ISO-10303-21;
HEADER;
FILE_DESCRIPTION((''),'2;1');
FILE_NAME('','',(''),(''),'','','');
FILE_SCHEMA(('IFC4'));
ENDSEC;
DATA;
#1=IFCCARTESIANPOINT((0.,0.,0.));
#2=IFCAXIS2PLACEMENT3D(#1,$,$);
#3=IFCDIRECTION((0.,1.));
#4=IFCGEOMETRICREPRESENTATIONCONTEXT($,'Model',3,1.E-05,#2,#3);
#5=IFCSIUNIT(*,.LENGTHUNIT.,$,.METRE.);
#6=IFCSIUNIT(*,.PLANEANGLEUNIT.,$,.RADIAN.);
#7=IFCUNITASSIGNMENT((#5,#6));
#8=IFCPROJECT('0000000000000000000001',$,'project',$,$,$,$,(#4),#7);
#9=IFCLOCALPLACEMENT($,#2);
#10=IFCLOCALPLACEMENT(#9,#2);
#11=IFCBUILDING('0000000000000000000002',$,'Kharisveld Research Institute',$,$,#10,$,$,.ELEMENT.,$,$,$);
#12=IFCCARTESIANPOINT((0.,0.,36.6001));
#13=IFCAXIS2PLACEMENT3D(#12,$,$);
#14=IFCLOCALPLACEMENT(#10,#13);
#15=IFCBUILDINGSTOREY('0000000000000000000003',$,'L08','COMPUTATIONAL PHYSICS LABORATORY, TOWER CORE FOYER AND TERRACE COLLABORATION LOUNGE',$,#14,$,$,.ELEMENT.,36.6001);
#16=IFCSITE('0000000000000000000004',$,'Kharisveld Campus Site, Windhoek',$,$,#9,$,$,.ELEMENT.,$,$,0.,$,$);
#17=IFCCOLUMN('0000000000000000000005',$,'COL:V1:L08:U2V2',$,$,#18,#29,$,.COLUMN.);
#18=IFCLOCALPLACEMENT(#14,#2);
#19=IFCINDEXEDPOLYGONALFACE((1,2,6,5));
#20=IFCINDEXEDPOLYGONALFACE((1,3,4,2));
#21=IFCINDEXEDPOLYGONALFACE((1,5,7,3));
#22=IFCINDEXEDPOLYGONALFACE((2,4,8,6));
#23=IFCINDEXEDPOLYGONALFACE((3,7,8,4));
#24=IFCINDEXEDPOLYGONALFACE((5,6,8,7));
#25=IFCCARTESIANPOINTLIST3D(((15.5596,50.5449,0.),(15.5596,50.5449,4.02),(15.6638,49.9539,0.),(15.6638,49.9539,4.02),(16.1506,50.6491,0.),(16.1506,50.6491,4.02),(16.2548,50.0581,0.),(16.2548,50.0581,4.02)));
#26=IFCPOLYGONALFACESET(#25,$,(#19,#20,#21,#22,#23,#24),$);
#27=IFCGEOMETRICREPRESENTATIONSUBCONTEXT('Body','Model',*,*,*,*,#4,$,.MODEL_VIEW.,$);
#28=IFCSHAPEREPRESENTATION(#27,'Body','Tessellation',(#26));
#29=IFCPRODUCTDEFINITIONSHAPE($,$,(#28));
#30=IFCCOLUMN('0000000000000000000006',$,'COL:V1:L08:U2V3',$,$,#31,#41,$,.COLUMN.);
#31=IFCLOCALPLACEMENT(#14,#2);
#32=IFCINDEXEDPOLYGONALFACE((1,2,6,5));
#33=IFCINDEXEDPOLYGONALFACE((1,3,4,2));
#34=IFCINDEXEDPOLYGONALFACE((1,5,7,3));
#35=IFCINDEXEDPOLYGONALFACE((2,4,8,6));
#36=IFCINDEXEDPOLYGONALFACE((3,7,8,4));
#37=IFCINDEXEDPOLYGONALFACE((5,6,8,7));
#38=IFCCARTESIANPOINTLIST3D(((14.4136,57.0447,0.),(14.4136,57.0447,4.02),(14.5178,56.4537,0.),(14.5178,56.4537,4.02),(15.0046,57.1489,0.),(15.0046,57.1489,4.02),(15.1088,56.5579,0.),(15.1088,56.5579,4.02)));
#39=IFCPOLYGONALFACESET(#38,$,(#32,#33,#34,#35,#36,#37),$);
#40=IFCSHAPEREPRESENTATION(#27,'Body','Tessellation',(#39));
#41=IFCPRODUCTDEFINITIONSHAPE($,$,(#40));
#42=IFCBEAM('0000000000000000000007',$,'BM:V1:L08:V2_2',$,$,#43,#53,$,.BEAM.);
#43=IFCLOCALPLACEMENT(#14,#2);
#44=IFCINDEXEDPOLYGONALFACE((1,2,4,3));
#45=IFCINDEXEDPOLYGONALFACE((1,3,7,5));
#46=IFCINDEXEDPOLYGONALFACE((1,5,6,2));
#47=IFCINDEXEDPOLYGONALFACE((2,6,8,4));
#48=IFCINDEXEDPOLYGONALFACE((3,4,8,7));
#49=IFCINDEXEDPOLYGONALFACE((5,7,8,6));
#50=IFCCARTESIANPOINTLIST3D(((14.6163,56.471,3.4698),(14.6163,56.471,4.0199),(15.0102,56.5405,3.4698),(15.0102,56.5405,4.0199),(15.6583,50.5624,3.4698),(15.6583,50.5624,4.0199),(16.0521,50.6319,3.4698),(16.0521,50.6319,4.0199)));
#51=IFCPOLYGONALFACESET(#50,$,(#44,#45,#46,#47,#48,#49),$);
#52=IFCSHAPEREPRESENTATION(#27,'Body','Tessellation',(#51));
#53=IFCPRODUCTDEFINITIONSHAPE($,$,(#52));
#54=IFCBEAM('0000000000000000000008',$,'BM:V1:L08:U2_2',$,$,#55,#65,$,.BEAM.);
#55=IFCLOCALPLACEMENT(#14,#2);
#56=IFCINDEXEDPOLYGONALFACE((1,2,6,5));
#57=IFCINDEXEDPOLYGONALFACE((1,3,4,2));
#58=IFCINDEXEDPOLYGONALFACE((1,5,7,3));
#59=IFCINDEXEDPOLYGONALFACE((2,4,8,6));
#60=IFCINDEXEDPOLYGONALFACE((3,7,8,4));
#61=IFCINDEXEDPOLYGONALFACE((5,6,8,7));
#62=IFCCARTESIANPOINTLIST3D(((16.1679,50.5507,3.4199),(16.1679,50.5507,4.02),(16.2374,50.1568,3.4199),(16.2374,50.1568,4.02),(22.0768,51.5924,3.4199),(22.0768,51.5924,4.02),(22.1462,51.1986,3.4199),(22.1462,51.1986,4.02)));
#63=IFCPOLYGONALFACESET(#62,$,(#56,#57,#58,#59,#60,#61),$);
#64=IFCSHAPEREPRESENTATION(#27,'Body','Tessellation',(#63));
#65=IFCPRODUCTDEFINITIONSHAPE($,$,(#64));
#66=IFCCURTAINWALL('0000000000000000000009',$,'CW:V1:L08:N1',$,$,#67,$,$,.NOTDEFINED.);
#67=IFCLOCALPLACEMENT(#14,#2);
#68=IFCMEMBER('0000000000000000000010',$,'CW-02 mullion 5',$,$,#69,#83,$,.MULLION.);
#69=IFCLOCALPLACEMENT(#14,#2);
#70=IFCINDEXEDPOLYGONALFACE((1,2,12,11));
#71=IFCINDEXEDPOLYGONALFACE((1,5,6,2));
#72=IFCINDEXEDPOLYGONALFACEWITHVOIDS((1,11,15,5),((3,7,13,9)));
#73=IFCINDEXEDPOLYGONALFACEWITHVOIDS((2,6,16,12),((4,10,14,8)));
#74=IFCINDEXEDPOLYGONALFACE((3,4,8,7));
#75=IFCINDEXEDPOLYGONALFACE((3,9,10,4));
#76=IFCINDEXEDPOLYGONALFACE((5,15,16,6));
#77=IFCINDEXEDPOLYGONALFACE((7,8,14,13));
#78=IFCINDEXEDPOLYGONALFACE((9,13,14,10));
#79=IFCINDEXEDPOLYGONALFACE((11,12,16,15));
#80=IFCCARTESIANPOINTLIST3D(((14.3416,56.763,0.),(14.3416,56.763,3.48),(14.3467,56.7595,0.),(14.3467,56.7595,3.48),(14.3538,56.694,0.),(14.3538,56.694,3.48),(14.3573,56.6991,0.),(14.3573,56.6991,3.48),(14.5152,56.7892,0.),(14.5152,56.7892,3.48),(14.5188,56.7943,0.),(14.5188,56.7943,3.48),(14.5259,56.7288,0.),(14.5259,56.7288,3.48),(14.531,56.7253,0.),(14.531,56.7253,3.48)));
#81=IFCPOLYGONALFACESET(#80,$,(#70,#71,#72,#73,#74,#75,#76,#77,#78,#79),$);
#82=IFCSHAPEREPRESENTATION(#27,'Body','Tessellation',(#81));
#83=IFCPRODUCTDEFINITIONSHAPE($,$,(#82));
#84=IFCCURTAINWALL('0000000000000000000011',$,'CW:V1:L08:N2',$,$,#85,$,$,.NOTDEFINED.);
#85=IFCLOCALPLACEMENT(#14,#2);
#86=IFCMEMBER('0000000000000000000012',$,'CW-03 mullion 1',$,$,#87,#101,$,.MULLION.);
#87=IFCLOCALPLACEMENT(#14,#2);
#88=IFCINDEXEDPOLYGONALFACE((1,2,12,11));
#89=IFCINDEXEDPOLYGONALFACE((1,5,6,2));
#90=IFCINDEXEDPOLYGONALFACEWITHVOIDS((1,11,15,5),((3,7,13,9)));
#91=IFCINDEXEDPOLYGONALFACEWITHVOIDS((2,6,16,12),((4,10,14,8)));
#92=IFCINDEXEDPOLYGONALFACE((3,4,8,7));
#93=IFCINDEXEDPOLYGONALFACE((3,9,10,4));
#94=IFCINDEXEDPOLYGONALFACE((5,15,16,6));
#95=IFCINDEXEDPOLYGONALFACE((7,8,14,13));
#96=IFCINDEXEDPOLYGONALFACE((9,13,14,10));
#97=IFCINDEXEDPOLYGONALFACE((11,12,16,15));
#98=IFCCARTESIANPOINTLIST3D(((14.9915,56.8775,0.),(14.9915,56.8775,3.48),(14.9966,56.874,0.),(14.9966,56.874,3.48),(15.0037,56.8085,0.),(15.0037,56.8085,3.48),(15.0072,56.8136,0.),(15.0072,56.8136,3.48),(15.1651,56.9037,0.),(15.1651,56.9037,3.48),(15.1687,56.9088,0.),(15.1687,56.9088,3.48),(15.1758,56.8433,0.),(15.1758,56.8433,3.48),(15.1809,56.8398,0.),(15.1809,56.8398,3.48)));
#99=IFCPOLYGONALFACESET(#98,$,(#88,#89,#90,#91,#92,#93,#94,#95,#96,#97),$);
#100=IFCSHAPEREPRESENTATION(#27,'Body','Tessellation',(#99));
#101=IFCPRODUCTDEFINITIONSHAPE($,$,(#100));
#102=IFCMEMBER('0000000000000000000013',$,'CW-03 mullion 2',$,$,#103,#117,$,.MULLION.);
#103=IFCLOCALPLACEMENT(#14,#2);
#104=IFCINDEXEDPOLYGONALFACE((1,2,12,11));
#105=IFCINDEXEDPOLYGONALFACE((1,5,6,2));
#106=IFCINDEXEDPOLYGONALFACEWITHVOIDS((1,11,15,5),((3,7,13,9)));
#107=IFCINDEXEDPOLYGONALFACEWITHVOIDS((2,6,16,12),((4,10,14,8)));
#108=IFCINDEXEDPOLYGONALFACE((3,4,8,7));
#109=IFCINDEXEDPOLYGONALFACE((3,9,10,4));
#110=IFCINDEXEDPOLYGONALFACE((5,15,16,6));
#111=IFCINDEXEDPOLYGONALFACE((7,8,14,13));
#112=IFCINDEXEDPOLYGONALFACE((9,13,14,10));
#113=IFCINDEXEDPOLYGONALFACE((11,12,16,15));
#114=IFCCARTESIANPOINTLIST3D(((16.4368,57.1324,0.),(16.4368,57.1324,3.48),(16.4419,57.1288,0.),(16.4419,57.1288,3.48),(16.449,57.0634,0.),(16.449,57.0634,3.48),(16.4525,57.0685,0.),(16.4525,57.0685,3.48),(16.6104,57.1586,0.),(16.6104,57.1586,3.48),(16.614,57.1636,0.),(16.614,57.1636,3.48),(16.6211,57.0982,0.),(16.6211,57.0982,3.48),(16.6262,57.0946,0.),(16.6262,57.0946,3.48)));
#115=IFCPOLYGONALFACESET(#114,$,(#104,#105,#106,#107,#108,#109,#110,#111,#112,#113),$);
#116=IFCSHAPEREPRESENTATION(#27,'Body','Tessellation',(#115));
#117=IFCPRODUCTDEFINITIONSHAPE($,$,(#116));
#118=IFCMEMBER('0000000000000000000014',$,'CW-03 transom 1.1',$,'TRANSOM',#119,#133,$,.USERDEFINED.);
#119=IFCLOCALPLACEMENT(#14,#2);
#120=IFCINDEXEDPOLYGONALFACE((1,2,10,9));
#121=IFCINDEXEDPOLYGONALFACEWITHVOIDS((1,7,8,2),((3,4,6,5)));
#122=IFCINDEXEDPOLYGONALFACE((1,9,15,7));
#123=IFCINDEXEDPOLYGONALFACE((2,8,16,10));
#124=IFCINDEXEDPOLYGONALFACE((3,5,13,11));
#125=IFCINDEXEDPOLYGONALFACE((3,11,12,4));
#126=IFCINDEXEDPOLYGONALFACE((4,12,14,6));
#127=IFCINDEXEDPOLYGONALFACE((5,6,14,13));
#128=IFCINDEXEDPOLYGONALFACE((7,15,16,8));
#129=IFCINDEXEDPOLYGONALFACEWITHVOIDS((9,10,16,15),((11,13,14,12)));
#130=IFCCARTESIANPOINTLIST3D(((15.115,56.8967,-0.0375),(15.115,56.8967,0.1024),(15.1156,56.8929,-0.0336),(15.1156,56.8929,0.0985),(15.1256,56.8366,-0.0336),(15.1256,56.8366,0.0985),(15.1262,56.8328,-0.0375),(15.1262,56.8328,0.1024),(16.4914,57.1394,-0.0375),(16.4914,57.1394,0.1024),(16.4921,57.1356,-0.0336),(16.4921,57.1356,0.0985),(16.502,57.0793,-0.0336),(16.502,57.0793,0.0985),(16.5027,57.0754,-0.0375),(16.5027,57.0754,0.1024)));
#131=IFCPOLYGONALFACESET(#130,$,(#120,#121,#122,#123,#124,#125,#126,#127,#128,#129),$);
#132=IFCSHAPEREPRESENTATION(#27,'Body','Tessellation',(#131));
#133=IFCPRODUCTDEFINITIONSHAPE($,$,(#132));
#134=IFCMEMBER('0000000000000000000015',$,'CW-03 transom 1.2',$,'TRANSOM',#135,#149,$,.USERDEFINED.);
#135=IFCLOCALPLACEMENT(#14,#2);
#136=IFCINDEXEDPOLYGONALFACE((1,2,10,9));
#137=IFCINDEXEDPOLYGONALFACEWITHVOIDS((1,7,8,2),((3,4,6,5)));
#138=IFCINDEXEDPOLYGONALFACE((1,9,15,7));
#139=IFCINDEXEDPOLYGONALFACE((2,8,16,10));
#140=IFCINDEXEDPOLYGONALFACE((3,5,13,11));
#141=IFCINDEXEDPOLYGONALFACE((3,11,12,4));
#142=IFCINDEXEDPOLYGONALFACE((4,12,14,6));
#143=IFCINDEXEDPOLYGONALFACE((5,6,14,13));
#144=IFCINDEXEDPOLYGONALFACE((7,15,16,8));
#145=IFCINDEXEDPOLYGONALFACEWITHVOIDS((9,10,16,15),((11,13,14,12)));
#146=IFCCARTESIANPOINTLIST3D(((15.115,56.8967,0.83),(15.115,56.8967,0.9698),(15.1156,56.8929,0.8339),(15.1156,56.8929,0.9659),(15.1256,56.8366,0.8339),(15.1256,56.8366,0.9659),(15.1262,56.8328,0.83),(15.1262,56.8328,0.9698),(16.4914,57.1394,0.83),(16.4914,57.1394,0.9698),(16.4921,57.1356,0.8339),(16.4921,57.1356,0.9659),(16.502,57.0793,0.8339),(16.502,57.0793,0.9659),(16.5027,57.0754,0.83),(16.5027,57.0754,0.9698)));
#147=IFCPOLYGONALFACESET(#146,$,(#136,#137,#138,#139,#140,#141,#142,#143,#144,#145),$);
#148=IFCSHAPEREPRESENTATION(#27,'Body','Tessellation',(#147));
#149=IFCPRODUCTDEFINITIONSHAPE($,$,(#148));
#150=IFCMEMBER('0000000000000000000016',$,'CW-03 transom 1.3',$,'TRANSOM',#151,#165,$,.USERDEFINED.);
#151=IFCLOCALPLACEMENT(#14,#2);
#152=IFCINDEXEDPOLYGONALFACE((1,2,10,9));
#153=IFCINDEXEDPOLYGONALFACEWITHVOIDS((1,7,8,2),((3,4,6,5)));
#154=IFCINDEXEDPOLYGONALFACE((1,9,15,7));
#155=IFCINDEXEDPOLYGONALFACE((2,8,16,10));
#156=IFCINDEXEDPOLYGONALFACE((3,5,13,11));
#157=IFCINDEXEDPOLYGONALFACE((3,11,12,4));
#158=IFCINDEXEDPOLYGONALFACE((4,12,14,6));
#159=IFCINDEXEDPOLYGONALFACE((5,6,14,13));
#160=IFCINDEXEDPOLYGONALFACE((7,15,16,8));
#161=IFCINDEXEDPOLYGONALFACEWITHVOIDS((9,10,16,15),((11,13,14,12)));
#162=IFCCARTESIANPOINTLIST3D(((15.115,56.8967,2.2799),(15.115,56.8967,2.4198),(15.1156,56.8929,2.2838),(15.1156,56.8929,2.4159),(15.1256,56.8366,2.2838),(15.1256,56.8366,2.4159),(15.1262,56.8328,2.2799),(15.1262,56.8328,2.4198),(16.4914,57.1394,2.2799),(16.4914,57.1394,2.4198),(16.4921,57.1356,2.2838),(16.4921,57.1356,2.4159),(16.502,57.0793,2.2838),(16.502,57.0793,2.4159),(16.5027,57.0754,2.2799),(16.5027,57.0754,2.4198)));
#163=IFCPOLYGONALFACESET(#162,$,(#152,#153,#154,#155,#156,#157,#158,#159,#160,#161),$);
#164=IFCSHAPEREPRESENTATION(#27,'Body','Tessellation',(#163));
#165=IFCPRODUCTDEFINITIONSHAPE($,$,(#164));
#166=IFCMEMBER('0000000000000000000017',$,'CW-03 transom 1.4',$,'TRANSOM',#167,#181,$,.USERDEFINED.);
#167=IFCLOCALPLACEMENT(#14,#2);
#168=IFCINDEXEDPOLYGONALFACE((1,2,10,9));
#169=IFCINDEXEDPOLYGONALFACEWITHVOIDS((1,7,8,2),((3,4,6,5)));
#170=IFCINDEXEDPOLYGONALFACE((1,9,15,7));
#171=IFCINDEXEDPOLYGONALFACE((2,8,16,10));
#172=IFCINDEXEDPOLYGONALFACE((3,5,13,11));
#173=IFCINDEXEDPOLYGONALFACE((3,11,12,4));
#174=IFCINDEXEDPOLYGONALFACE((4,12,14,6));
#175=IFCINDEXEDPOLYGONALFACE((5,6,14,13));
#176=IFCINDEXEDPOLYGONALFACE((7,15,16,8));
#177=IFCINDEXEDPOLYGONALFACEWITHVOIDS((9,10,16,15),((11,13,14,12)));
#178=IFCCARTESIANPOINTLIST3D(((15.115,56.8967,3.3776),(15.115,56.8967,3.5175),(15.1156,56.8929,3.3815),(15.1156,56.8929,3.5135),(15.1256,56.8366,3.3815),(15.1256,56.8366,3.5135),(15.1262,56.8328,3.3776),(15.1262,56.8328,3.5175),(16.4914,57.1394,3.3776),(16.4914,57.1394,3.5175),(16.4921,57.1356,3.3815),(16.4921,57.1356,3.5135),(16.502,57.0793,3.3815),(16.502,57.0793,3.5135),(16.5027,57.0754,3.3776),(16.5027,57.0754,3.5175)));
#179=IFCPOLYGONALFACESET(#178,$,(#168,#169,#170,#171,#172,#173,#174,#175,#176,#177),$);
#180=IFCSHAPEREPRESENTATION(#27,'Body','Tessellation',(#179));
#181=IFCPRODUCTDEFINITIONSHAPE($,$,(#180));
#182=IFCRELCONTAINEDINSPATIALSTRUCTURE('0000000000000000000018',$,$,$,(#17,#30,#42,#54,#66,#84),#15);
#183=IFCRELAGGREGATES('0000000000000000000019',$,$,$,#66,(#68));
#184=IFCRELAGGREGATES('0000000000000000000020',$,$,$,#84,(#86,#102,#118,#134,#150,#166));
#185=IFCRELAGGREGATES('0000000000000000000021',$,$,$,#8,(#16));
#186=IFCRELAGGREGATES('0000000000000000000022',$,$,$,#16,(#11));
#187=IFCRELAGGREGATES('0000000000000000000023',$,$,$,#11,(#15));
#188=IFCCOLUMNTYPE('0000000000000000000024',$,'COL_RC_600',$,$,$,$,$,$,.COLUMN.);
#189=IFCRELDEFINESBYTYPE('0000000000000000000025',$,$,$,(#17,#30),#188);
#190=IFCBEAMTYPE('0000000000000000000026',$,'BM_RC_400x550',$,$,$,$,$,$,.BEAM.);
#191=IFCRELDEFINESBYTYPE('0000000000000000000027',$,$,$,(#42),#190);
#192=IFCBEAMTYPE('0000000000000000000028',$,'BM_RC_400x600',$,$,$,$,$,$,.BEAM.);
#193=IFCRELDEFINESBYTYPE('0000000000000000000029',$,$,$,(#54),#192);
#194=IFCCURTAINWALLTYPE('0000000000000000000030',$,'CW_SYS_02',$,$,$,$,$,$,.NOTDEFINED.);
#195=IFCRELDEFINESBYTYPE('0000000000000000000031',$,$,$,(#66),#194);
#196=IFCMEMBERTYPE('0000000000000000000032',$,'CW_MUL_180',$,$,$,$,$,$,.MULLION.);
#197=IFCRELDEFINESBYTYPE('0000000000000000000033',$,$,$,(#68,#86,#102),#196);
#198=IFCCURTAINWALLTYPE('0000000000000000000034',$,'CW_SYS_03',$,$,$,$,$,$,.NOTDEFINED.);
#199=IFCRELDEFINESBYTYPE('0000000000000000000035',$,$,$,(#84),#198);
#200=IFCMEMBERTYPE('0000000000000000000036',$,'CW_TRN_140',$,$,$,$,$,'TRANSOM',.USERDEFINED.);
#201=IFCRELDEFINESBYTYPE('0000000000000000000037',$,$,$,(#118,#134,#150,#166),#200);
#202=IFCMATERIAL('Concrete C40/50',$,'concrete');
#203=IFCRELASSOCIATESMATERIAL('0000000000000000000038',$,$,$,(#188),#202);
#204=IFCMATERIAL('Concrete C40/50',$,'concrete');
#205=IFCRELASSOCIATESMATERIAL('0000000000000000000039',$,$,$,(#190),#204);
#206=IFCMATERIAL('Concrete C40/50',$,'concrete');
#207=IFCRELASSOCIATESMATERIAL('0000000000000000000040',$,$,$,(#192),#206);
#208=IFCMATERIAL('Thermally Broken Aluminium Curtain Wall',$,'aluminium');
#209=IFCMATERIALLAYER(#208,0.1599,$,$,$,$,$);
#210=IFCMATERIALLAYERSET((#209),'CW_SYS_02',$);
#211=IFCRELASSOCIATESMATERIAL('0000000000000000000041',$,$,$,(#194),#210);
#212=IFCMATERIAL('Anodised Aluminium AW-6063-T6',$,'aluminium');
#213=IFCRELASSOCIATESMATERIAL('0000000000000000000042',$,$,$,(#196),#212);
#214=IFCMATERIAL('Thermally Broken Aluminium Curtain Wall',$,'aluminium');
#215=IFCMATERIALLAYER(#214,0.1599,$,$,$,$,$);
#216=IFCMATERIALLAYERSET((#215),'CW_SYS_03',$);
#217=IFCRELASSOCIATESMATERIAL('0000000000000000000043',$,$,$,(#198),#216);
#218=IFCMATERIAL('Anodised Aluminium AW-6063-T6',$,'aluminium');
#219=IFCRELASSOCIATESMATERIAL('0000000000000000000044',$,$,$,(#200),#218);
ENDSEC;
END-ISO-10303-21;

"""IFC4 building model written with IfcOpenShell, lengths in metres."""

from ifc_helpers import new_model, si_unit, direction, frame, origin, origin_2d, place, context, subcontext, project, spatial, rectangle, hollow_rectangle, extrude, material, layer, layer_set, material_profile, profile_set, type_object, element, aggregate, save


model = new_model("IFC4")

# Units and contexts
model_context = context("Model", 3, precision=1e-05, world=origin(), true_north=direction((0.0, 1.0)))
body_context = subcontext(model_context, "Body", "Model", "MODEL_VIEW")
ifc_project = project(units=[si_unit("LENGTHUNIT", "METRE"), si_unit("PLANEANGLEUNIT", "RADIAN")], contexts=[model_context])

# Site, building, storey
site_placement = place(None, origin())
site = spatial("IfcSite", under=ifc_project, at=site_placement, Name="Kharisveld Campus Site, Windhoek", CompositionType="ELEMENT", RefElevation=0.0)
building_placement = place(site_placement, origin())
building = spatial("IfcBuilding", under=site, at=building_placement, Name="Kharisveld Research Institute", CompositionType="ELEMENT")
storey_placement = place(building_placement, frame((0.0, 0.0, 36.6001)))
storey = spatial("IfcBuildingStorey", under=building, at=storey_placement, Name="L08", Description="COMPUTATIONAL PHYSICS LABORATORY, TOWER CORE FOYER AND TERRACE COLLABORATION LOUNGE", CompositionType="ELEMENT", Elevation=36.6001)

# Columns
ifc_material_1 = material(Name="Concrete C40/50", Category="concrete")
ifc_material_profile_1 = material_profile(ifc_material_1, rectangle(XDim=0.6001, YDim=0.6001, at=origin_2d()))
ifc_profile_set_1 = profile_set([ifc_material_profile_1], Name="Concrete C40/50")
column_type = type_object("IfcColumnType", Name="COL_RC_600", PredefinedType="COLUMN", material=ifc_profile_set_1)
for number, where, z_axis, x_axis, name in (
    (1, (15.9072, 50.3015, 0.0), (0.0, 0.0, 1.0), (0.984808, 0.173648, 0.0), "COL:V1:L08:U2V2"),
    (2, (14.7612, 56.8013, 0.0), (0.0, 0.0, 1.0), (0.984808, 0.173648, 0.0), "COL:V1:L08:U2V3"),
):
    element("IfcColumn", number, at=place(storey_placement, frame(where, z_axis=z_axis, x_axis=x_axis)), inside=storey, type_object=column_type, Name=name, PredefinedType="COLUMN", context=body_context, shape_type="SweptSolid", body=[
        extrude(rectangle(XDim=0.6001, YDim=0.6001, at=origin_2d()), origin(), (0.0, 0.0, 1.0), 4.02),
    ])

# Beams
ifc_material_2 = material(Name="Concrete C40/50", Category="concrete")
ifc_material_profile_2 = material_profile(ifc_material_2, rectangle(XDim=0.3999, YDim=0.55, at=origin_2d()))
ifc_profile_set_2 = profile_set([ifc_material_profile_2], Name="Concrete C40/50")
beam_type_1 = type_object("IfcBeamType", Name="BM_RC_400x550", PredefinedType="BEAM", material=ifc_profile_set_2)
beam_1_placement = place(storey_placement, frame((15.8552, 50.5972, 3.7449), z_axis=(-0.173669, 0.984804, 0.0), x_axis=(-0.984804, -0.173669, 0.0)))
element("IfcBeam", 3, at=beam_1_placement, inside=storey, type_object=beam_type_1, Name="BM:V1:L08:V2_2", PredefinedType="BEAM", context=body_context, shape_type="SweptSolid", body=[
    extrude(rectangle(XDim=0.3999, YDim=0.55, at=origin_2d()), origin(), (0.0, 0.0, 1.0), 5.9998),
])
ifc_material_3 = material(Name="Concrete C40/50", Category="concrete")
ifc_material_profile_3 = material_profile(ifc_material_3, rectangle(XDim=0.3999, YDim=0.6001, at=origin_2d()))
ifc_profile_set_3 = profile_set([ifc_material_profile_3], Name="Concrete C40/50")
beam_type_2 = type_object("IfcBeamType", Name="BM_RC_400x600", PredefinedType="BEAM", material=ifc_profile_set_3)
beam_2_placement = place(storey_placement, frame((16.2026, 50.3538, 3.72), z_axis=(0.984812, 0.173623, 0.0), x_axis=(-0.173623, 0.984812, 0.0)))
element("IfcBeam", 4, at=beam_2_placement, inside=storey, type_object=beam_type_2, Name="BM:V1:L08:U2_2", PredefinedType="BEAM", context=body_context, shape_type="SweptSolid", body=[
    extrude(rectangle(XDim=0.3999, YDim=0.6001, at=origin_2d()), origin(), (0.0, 0.0, 1.0), 6.0),
])

# Curtain wall, member
ifc_material_4 = material(Name="Thermally Broken Aluminium Curtain Wall", Category="aluminium")
ifc_layer_1 = layer(ifc_material_4, 0.1599)
ifc_layer_set_1 = layer_set([ifc_layer_1], Name="CW_SYS_02")
curtain_wall_type_1 = type_object("IfcCurtainWallType", Name="CW_SYS_02", PredefinedType="NOTDEFINED", material=ifc_layer_set_1)
curtain_wall_1_placement = place(storey_placement, origin())
curtain_wall_1 = element("IfcCurtainWall", 5, at=curtain_wall_1_placement, inside=storey, type_object=curtain_wall_type_1, Name="CW:V1:L08:N1", PredefinedType="NOTDEFINED")
ifc_material_5 = material(Name="Anodised Aluminium AW-6063-T6", Category="aluminium")
ifc_material_profile_4 = material_profile(ifc_material_5, hollow_rectangle(XDim=0.0701, YDim=0.1799, WallThickness=0.0044, at=origin_2d()))
ifc_profile_set_4 = profile_set([ifc_material_profile_4], Name="Anodised Aluminium AW-6063-T6")
member_type_1 = type_object("IfcMemberType", Name="CW_MUL_180", PredefinedType="MULLION", material=ifc_profile_set_4)
member_1_placement = place(storey_placement, frame((14.4363, 56.7441, 0.0), z_axis=(0.0, 0.0, 1.0), x_axis=(-0.173648, 0.984808, 0.0)))
member_1 = element("IfcMember", 6, at=member_1_placement, type_object=member_type_1, Name="CW-02 mullion 5", PredefinedType="MULLION", context=body_context, shape_type="SweptSolid", body=[
    extrude(hollow_rectangle(XDim=0.0701, YDim=0.1799, WallThickness=0.0044, at=origin_2d()), origin(), (0.0, 0.0, 1.0), 3.48),
])

# Curtain wall, members
ifc_material_6 = material(Name="Thermally Broken Aluminium Curtain Wall", Category="aluminium")
ifc_layer_2 = layer(ifc_material_6, 0.1599)
ifc_layer_set_2 = layer_set([ifc_layer_2], Name="CW_SYS_03")
curtain_wall_type_2 = type_object("IfcCurtainWallType", Name="CW_SYS_03", PredefinedType="NOTDEFINED", material=ifc_layer_set_2)
curtain_wall_2_placement = place(storey_placement, origin())
curtain_wall_2 = element("IfcCurtainWall", 7, at=curtain_wall_2_placement, inside=storey, type_object=curtain_wall_type_2, Name="CW:V1:L08:N2", PredefinedType="NOTDEFINED")
member_2_placement = place(storey_placement, frame((15.0862, 56.8586, 0.0), z_axis=(0.0, 0.0, 1.0), x_axis=(-0.173648, 0.984808, 0.0)))
member_2 = element("IfcMember", 8, at=member_2_placement, type_object=member_type_1, Name="CW-03 mullion 1", PredefinedType="MULLION", context=body_context, shape_type="SweptSolid", body=[
    extrude(hollow_rectangle(XDim=0.0701, YDim=0.1799, WallThickness=0.0044, at=origin_2d()), origin(), (0.0, 0.0, 1.0), 3.48),
])
member_3_placement = place(storey_placement, frame((16.5315, 57.1135, 0.0), z_axis=(0.0, 0.0, 1.0), x_axis=(-0.173648, 0.984808, 0.0)))
member_3 = element("IfcMember", 9, at=member_3_placement, type_object=member_type_1, Name="CW-03 mullion 2", PredefinedType="MULLION", context=body_context, shape_type="SweptSolid", body=[
    extrude(hollow_rectangle(XDim=0.0701, YDim=0.1799, WallThickness=0.0044, at=origin_2d()), origin(), (0.0, 0.0, 1.0), 3.48),
])
ifc_material_7 = material(Name="Anodised Aluminium AW-6063-T6", Category="aluminium")
ifc_material_profile_5 = material_profile(ifc_material_7, hollow_rectangle(XDim=0.0649, YDim=0.1399, WallThickness=0.0039, at=origin_2d()))
ifc_profile_set_5 = profile_set([ifc_material_profile_5], Name="Anodised Aluminium AW-6063-T6")
member_type_2 = type_object("IfcMemberType", Name="CW_TRN_140", ElementType="TRANSOM", PredefinedType="USERDEFINED", material=ifc_profile_set_5)
member_4_placement = place(storey_placement, frame((15.1206, 56.8647, 0.0325), z_axis=(0.984812, 0.173626, 0.0), x_axis=(-0.173626, 0.984812, 0.0)))
member_4 = element("IfcMember", 10, at=member_4_placement, type_object=member_type_2, Name="CW-03 transom 1.1", ObjectType="TRANSOM", PredefinedType="USERDEFINED", context=body_context, shape_type="SweptSolid", body=[
    extrude(hollow_rectangle(XDim=0.0649, YDim=0.1399, WallThickness=0.0039, at=origin_2d()), origin(), (0.0, 0.0, 1.0), 1.3977),
])
member_5_placement = place(storey_placement, frame((15.1206, 56.8647, 0.8999), z_axis=(0.984812, 0.173626, 0.0), x_axis=(-0.173626, 0.984812, 0.0)))
member_5 = element("IfcMember", 11, at=member_5_placement, type_object=member_type_2, Name="CW-03 transom 1.2", ObjectType="TRANSOM", PredefinedType="USERDEFINED", context=body_context, shape_type="SweptSolid", body=[
    extrude(hollow_rectangle(XDim=0.0649, YDim=0.1399, WallThickness=0.0039, at=origin_2d()), origin(), (0.0, 0.0, 1.0), 1.3977),
])
member_6_placement = place(storey_placement, frame((15.1206, 56.8647, 2.3499), z_axis=(0.984812, 0.173626, 0.0), x_axis=(-0.173626, 0.984812, 0.0)))
member_6 = element("IfcMember", 12, at=member_6_placement, type_object=member_type_2, Name="CW-03 transom 1.3", ObjectType="TRANSOM", PredefinedType="USERDEFINED", context=body_context, shape_type="SweptSolid", body=[
    extrude(hollow_rectangle(XDim=0.0649, YDim=0.1399, WallThickness=0.0039, at=origin_2d()), origin(), (0.0, 0.0, 1.0), 1.3977),
])
member_7_placement = place(storey_placement, frame((15.1206, 56.8647, 3.4475), z_axis=(0.984812, 0.173626, 0.0), x_axis=(-0.173626, 0.984812, 0.0)))
member_7 = element("IfcMember", 13, at=member_7_placement, type_object=member_type_2, Name="CW-03 transom 1.4", ObjectType="TRANSOM", PredefinedType="USERDEFINED", context=body_context, shape_type="SweptSolid", body=[
    extrude(hollow_rectangle(XDim=0.0649, YDim=0.1399, WallThickness=0.0039, at=origin_2d()), origin(), (0.0, 0.0, 1.0), 1.3977),
])

aggregate(curtain_wall_1, [member_1])
aggregate(curtain_wall_2, [member_2, member_3, member_4, member_5, member_6, member_7])

save(model, "model.ifc")
